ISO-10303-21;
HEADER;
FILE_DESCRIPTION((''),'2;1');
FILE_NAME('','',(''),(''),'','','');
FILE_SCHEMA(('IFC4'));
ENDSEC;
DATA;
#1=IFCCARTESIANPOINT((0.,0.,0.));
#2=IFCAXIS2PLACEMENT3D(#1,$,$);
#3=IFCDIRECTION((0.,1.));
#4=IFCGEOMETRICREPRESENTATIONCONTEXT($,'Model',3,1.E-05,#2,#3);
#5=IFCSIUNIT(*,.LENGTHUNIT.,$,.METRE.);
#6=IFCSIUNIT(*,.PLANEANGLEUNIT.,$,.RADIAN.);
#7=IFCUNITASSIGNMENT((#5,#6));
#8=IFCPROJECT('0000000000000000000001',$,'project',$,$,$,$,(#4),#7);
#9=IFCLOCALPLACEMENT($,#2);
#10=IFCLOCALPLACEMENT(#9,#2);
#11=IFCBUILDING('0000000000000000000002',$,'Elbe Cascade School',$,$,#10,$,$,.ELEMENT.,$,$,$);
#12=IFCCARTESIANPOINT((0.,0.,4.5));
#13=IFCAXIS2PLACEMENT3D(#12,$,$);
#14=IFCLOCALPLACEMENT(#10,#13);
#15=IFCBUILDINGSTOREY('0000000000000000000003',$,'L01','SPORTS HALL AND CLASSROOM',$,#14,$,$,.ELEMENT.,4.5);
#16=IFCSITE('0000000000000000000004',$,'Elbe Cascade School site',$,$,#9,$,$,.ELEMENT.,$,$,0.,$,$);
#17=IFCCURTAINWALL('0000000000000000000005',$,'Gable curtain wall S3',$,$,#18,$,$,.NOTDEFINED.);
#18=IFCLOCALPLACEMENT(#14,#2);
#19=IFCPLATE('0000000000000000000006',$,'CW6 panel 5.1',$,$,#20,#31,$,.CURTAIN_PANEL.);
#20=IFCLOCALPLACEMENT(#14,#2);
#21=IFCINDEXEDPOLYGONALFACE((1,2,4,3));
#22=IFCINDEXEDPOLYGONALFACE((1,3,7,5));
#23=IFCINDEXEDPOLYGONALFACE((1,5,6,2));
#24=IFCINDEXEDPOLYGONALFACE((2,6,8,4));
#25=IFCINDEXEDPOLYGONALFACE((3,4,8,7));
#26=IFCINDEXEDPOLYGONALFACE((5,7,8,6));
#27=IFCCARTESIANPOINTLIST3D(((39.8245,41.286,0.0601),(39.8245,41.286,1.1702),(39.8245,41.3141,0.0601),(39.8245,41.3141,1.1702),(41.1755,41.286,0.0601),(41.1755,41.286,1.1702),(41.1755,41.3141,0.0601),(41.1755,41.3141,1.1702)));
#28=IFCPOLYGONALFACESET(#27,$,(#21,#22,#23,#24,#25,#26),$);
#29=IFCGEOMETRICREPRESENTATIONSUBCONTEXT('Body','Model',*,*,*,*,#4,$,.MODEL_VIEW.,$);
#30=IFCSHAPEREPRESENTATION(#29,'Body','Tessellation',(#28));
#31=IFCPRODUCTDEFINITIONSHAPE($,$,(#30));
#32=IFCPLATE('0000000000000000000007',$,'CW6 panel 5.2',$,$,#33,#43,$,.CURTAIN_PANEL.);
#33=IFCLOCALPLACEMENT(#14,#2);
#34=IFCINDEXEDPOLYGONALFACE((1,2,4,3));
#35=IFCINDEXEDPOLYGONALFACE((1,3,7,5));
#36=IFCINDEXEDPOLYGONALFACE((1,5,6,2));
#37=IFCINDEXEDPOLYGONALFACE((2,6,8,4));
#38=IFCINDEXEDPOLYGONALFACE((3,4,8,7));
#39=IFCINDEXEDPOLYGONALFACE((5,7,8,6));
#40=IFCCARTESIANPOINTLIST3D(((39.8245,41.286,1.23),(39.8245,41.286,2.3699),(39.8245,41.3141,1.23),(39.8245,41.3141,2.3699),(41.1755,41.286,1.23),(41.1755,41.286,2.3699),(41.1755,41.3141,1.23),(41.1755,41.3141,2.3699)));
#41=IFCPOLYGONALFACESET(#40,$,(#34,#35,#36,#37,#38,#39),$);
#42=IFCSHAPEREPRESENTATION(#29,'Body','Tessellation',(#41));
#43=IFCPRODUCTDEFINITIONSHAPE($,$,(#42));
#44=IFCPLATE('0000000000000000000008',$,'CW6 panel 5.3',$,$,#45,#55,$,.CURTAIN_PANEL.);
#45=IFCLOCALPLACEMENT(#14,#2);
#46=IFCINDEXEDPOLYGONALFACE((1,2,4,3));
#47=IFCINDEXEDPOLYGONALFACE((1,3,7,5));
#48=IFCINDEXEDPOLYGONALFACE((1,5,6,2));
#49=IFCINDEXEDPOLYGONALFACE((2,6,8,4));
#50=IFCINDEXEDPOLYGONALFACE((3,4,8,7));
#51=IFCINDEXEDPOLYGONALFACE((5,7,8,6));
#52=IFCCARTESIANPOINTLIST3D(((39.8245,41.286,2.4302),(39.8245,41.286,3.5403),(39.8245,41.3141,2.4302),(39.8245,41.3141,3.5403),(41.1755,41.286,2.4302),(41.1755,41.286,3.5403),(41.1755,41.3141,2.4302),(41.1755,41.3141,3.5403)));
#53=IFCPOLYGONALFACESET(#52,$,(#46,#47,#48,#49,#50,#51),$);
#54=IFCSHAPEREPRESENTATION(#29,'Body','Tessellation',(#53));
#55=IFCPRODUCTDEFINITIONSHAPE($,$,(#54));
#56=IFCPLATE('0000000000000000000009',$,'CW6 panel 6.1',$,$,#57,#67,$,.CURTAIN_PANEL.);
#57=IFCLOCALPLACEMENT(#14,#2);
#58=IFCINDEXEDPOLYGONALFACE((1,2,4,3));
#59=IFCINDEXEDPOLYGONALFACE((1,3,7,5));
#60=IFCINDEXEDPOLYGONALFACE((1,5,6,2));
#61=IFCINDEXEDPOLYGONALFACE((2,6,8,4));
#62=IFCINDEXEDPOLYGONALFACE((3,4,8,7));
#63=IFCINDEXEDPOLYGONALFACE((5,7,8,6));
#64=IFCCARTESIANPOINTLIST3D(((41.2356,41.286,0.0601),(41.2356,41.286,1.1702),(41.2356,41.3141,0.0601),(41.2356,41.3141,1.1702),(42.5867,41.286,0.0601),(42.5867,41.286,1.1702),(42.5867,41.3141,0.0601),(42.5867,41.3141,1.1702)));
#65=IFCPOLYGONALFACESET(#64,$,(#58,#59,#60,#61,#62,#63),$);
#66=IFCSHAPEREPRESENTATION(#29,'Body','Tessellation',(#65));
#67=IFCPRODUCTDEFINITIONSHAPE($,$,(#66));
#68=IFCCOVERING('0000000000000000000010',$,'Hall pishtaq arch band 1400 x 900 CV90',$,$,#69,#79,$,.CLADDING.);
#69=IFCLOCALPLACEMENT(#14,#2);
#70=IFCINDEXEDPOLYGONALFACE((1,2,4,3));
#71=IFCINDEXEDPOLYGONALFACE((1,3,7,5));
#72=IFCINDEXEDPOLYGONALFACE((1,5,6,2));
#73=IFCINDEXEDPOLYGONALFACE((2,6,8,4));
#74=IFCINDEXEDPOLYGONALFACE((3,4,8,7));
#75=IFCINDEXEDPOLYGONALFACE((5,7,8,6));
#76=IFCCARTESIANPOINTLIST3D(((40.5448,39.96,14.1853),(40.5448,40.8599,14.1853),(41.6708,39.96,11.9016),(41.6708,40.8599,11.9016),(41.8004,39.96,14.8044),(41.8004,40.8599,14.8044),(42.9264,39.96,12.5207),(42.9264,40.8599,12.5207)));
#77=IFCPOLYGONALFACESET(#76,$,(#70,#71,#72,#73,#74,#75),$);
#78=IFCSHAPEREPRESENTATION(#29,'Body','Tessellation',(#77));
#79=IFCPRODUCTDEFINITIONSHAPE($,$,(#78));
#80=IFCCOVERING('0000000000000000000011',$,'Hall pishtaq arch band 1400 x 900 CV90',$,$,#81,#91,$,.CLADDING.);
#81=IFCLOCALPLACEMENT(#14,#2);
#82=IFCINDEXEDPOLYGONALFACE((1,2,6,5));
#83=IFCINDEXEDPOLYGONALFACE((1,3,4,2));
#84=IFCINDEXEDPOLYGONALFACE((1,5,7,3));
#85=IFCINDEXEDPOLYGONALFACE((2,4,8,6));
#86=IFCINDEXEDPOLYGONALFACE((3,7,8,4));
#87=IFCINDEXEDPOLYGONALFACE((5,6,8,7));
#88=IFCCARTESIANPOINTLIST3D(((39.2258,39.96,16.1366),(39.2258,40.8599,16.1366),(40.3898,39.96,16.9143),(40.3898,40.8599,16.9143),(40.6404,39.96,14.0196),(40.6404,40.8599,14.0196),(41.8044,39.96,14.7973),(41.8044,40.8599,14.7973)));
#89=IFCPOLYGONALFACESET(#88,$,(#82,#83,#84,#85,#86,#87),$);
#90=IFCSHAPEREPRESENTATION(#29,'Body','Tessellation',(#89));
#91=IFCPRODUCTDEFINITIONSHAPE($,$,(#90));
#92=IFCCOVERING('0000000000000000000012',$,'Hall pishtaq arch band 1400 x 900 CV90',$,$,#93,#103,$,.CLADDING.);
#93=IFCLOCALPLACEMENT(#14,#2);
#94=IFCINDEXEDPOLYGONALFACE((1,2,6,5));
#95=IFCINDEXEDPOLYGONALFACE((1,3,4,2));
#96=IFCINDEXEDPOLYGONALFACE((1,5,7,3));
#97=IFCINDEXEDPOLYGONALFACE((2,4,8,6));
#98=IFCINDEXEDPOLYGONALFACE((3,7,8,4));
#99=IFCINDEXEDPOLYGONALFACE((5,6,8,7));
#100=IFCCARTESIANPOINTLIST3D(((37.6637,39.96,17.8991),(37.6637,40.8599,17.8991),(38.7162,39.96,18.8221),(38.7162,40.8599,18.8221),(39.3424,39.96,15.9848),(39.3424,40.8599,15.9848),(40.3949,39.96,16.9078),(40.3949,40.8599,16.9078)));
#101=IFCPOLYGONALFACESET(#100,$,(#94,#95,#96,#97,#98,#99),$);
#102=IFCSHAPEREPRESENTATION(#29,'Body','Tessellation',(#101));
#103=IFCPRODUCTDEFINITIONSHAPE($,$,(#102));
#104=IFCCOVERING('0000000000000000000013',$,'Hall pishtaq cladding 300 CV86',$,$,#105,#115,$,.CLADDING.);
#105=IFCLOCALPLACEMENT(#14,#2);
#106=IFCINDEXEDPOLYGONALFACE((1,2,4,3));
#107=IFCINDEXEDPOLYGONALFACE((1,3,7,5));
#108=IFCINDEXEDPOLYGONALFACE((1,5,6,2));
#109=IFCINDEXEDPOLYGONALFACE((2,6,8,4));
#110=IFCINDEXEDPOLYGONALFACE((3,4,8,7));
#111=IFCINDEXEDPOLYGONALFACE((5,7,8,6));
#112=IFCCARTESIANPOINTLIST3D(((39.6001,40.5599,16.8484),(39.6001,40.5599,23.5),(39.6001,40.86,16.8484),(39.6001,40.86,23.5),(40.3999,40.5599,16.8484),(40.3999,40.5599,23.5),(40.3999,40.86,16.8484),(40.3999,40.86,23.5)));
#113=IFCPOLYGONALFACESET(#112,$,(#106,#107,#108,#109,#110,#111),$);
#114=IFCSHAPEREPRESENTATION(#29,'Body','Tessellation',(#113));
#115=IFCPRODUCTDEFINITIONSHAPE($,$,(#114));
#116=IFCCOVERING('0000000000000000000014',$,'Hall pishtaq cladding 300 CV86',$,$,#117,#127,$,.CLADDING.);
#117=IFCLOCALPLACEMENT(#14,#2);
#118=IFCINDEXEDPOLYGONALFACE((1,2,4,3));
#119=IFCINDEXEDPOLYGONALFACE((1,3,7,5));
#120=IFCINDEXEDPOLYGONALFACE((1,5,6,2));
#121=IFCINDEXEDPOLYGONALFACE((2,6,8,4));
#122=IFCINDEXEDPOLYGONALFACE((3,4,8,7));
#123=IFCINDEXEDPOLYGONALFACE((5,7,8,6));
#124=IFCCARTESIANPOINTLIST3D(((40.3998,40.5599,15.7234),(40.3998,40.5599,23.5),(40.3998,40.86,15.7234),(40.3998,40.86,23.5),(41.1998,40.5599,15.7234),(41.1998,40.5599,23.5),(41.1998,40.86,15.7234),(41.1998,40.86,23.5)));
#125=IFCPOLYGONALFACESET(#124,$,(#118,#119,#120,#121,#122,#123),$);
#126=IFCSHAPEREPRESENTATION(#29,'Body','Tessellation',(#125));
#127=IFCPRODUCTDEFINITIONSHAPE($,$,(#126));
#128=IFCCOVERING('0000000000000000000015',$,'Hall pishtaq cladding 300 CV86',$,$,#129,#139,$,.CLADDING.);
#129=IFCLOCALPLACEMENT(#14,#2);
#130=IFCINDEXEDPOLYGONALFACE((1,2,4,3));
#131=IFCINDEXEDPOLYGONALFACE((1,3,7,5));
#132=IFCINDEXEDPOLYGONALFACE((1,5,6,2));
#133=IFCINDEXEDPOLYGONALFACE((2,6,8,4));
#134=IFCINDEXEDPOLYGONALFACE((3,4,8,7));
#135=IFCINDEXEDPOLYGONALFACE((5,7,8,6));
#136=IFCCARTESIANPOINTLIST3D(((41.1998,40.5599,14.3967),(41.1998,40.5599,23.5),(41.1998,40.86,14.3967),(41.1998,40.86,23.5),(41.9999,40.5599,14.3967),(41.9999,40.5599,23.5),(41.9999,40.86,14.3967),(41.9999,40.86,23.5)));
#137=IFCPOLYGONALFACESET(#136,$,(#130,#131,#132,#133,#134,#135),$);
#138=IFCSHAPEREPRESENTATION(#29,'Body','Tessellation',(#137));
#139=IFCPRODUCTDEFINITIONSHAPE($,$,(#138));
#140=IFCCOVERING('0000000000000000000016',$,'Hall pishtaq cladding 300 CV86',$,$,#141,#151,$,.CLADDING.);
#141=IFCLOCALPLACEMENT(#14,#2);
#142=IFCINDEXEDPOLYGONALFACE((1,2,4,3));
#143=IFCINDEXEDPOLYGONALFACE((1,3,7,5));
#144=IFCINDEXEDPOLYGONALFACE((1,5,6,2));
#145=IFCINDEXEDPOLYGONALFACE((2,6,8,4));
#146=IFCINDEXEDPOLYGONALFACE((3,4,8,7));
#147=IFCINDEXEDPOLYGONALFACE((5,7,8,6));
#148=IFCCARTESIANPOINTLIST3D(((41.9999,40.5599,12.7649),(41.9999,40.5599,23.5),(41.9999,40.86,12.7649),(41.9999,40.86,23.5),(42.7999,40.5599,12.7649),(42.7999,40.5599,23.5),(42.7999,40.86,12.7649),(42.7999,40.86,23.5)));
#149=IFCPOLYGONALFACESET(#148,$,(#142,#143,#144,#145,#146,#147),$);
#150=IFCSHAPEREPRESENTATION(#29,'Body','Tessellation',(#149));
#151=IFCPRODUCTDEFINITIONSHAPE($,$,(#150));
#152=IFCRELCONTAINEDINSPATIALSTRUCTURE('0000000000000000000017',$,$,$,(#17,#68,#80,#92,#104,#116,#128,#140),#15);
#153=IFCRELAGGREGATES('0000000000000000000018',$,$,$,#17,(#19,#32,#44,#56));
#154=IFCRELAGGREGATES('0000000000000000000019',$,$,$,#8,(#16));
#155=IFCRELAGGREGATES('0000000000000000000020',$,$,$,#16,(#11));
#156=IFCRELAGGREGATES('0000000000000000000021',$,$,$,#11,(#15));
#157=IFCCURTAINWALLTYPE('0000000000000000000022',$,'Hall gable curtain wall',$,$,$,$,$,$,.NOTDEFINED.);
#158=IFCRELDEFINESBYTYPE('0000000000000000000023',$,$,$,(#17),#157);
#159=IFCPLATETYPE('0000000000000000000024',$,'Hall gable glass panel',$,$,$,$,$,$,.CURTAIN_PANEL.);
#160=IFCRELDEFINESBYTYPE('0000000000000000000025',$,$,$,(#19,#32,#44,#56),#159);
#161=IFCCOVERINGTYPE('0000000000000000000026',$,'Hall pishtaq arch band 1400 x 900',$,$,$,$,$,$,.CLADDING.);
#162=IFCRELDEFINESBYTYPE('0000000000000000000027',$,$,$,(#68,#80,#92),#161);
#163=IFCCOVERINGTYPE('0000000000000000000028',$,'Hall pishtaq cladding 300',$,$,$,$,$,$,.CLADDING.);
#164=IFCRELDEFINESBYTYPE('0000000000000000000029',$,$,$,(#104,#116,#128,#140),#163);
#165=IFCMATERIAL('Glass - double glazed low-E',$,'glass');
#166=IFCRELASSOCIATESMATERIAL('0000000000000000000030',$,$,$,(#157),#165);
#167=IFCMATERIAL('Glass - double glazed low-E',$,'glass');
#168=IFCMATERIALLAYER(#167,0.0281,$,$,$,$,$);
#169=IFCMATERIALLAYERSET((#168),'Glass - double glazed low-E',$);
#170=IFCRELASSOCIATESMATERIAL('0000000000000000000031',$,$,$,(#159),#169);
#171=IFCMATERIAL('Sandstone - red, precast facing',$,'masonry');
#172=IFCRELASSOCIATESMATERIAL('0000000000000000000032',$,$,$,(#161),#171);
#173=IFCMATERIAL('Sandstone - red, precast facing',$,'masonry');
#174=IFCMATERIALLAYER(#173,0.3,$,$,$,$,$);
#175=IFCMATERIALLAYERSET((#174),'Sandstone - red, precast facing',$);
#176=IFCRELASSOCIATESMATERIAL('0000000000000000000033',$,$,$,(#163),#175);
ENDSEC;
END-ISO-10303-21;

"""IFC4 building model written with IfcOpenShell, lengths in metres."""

from ifc_helpers import new_model, si_unit, direction, frame, frame_2d, origin, origin_2d, place, context, subcontext, project, spatial, rectangle, extrude, material, layer, layer_set, type_object, element, aggregate, save


model = new_model("IFC4")

# Units and contexts
model_context = context("Model", 3, precision=1e-05, world=origin(), true_north=direction((0.0, 1.0)))
body_context = subcontext(model_context, "Body", "Model", "MODEL_VIEW")
ifc_project = project(units=[si_unit("LENGTHUNIT", "METRE"), si_unit("PLANEANGLEUNIT", "RADIAN")], contexts=[model_context])

# Site, building, storey
site_placement = place(None, origin())
site = spatial("IfcSite", under=ifc_project, at=site_placement, Name="Elbe Cascade School site", CompositionType="ELEMENT", RefElevation=0.0)
building_placement = place(site_placement, origin())
building = spatial("IfcBuilding", under=site, at=building_placement, Name="Elbe Cascade School", CompositionType="ELEMENT")
storey_placement = place(building_placement, frame((0.0, 0.0, 4.5)))
storey = spatial("IfcBuildingStorey", under=building, at=storey_placement, Name="L01", Description="SPORTS HALL AND CLASSROOM", CompositionType="ELEMENT", Elevation=4.5)

# Curtain wall, plates
ifc_material_1 = material(Name="Glass - double glazed low-E", Category="glass")
curtain_wall_type = type_object("IfcCurtainWallType", Name="Hall gable curtain wall", PredefinedType="NOTDEFINED", material=ifc_material_1)
curtain_wall_placement = place(storey_placement, origin())
curtain_wall = element("IfcCurtainWall", 1, at=curtain_wall_placement, inside=storey, type_object=curtain_wall_type, Name="Gable curtain wall S3", PredefinedType="NOTDEFINED")
ifc_material_2 = material(Name="Glass - double glazed low-E", Category="glass")
ifc_layer_1 = layer(ifc_material_2, 0.0281)
ifc_layer_set_1 = layer_set([ifc_layer_1], Name="Glass - double glazed low-E")
plate_type = type_object("IfcPlateType", Name="Hall gable glass panel", PredefinedType="CURTAIN_PANEL", material=ifc_layer_set_1)
plate_1_placement = place(storey_placement, frame((40.5, 41.3, 0.0601), z_axis=(0.0, 0.0, 1.0), x_axis=(1.0, 0.0, 0.0)))
plate_1 = element("IfcPlate", 2, at=plate_1_placement, type_object=plate_type, Name="CW6 panel 5.1", PredefinedType="CURTAIN_PANEL", context=body_context, shape_type="SweptSolid", body=[
    extrude(rectangle(XDim=1.3511, YDim=0.0281, at=origin_2d()), origin(), (0.0, 0.0, 1.0), 1.1101),
])
plate_2_placement = place(storey_placement, frame((40.5, 41.3, 1.23), z_axis=(0.0, 0.0, 1.0), x_axis=(1.0, 0.0, 0.0)))
plate_2 = element("IfcPlate", 3, at=plate_2_placement, type_object=plate_type, Name="CW6 panel 5.2", PredefinedType="CURTAIN_PANEL", context=body_context, shape_type="SweptSolid", body=[
    extrude(rectangle(XDim=1.3511, YDim=0.0281, at=origin_2d()), origin(), (0.0, 0.0, 1.0), 1.1399),
])
plate_3_placement = place(storey_placement, frame((40.5, 41.3, 2.4302), z_axis=(0.0, 0.0, 1.0), x_axis=(1.0, 0.0, 0.0)))
plate_3 = element("IfcPlate", 4, at=plate_3_placement, type_object=plate_type, Name="CW6 panel 5.3", PredefinedType="CURTAIN_PANEL", context=body_context, shape_type="SweptSolid", body=[
    extrude(rectangle(XDim=1.3511, YDim=0.0281, at=origin_2d()), origin(), (0.0, 0.0, 1.0), 1.1101),
])
plate_4_placement = place(storey_placement, frame((41.9111, 41.3, 0.0601), z_axis=(0.0, 0.0, 1.0), x_axis=(1.0, 0.0, 0.0)))
plate_4 = element("IfcPlate", 5, at=plate_4_placement, type_object=plate_type, Name="CW6 panel 6.1", PredefinedType="CURTAIN_PANEL", context=body_context, shape_type="SweptSolid", body=[
    extrude(rectangle(XDim=1.3511, YDim=0.0281, at=origin_2d()), origin(), (0.0, 0.0, 1.0), 1.1101),
])
aggregate(curtain_wall, [plate_1, plate_2, plate_3, plate_4])

# Coverings
ifc_material_3 = material(Name="Sandstone - red, precast facing", Category="masonry")
covering_type_1 = type_object("IfcCoveringType", Name="Hall pishtaq arch band 1400 x 900", PredefinedType="CLADDING", material=ifc_material_3)
for number, where, z_axis, x_axis, name in (
    (6, (42.2986, 40.4099, 12.2112), (-0.442221, 0.0, 0.896906), (0.0, -1.0, 0.0), "Hall pishtaq arch band 1400 x 900 CV90"),
    (7, (41.2224, 40.4099, 14.4084), (-0.555585, 0.0, 0.83146), (0.0, -1.0, 0.0), "Hall pishtaq arch band 1400 x 900 CV90"),
    (8, (39.8687, 40.4099, 16.4463), (-0.659326, 0.0, 0.751858), (0.0, -1.0, 0.0), "Hall pishtaq arch band 1400 x 900 CV90"),
):
    element("IfcCovering", number, at=place(storey_placement, frame(where, z_axis=z_axis, x_axis=x_axis)), inside=storey, type_object=covering_type_1, Name=name, PredefinedType="CLADDING", context=body_context, shape_type="SweptSolid", body=[
        extrude(rectangle(XDim=0.8999, YDim=1.3999, at=origin_2d()), origin(), (0.0, 0.0, 1.0), 2.5461),
    ])
ifc_material_4 = material(Name="Sandstone - red, precast facing", Category="masonry")
ifc_layer_2 = layer(ifc_material_4, 0.3)
ifc_layer_set_2 = layer_set([ifc_layer_2], Name="Sandstone - red, precast facing")
covering_type_2 = type_object("IfcCoveringType", Name="Hall pishtaq cladding 300", PredefinedType="CLADDING", material=ifc_layer_set_2)
covering_1_placement = place(storey_placement, frame((39.6001, 40.71, 16.8484), z_axis=(0.0, 0.0, 1.0), x_axis=(1.0, 0.0, 0.0)))
element("IfcCovering", 9, at=covering_1_placement, inside=storey, type_object=covering_type_2, Name="Hall pishtaq cladding 300 CV86", PredefinedType="CLADDING", context=body_context, shape_type="SweptSolid", body=[
    extrude(rectangle(XDim=0.7998, YDim=0.3, at=frame_2d((0.3999, 0.0))), origin(), (0.0, 0.0, 1.0), 6.6516),
])
covering_2_placement = place(storey_placement, frame((40.3999, 40.71, 15.7234), z_axis=(0.0, 0.0, 1.0), x_axis=(1.0, 0.0, 0.0)))
element("IfcCovering", 10, at=covering_2_placement, inside=storey, type_object=covering_type_2, Name="Hall pishtaq cladding 300 CV86", PredefinedType="CLADDING", context=body_context, shape_type="SweptSolid", body=[
    extrude(rectangle(XDim=0.8, YDim=0.3, at=frame_2d((0.3999, 0.0))), origin(), (0.0, 0.0, 1.0), 7.7766),
])
covering_3_placement = place(storey_placement, frame((41.2, 40.71, 14.3967), z_axis=(0.0, 0.0, 1.0), x_axis=(1.0, 0.0, 0.0)))
element("IfcCovering", 11, at=covering_3_placement, inside=storey, type_object=covering_type_2, Name="Hall pishtaq cladding 300 CV86", PredefinedType="CLADDING", context=body_context, shape_type="SweptSolid", body=[
    extrude(rectangle(XDim=0.8, YDim=0.3, at=frame_2d((0.3999, 0.0))), origin(), (0.0, 0.0, 1.0), 9.1033),
])
covering_4_placement = place(storey_placement, frame((42.0, 40.71, 12.7649), z_axis=(0.0, 0.0, 1.0), x_axis=(1.0, 0.0, 0.0)))
element("IfcCovering", 12, at=covering_4_placement, inside=storey, type_object=covering_type_2, Name="Hall pishtaq cladding 300 CV86", PredefinedType="CLADDING", context=body_context, shape_type="SweptSolid", body=[
    extrude(rectangle(XDim=0.8, YDim=0.3, at=frame_2d((0.3999, 0.0))), origin(), (0.0, 0.0, 1.0), 10.7351),
])

save(model, "model.ifc")
